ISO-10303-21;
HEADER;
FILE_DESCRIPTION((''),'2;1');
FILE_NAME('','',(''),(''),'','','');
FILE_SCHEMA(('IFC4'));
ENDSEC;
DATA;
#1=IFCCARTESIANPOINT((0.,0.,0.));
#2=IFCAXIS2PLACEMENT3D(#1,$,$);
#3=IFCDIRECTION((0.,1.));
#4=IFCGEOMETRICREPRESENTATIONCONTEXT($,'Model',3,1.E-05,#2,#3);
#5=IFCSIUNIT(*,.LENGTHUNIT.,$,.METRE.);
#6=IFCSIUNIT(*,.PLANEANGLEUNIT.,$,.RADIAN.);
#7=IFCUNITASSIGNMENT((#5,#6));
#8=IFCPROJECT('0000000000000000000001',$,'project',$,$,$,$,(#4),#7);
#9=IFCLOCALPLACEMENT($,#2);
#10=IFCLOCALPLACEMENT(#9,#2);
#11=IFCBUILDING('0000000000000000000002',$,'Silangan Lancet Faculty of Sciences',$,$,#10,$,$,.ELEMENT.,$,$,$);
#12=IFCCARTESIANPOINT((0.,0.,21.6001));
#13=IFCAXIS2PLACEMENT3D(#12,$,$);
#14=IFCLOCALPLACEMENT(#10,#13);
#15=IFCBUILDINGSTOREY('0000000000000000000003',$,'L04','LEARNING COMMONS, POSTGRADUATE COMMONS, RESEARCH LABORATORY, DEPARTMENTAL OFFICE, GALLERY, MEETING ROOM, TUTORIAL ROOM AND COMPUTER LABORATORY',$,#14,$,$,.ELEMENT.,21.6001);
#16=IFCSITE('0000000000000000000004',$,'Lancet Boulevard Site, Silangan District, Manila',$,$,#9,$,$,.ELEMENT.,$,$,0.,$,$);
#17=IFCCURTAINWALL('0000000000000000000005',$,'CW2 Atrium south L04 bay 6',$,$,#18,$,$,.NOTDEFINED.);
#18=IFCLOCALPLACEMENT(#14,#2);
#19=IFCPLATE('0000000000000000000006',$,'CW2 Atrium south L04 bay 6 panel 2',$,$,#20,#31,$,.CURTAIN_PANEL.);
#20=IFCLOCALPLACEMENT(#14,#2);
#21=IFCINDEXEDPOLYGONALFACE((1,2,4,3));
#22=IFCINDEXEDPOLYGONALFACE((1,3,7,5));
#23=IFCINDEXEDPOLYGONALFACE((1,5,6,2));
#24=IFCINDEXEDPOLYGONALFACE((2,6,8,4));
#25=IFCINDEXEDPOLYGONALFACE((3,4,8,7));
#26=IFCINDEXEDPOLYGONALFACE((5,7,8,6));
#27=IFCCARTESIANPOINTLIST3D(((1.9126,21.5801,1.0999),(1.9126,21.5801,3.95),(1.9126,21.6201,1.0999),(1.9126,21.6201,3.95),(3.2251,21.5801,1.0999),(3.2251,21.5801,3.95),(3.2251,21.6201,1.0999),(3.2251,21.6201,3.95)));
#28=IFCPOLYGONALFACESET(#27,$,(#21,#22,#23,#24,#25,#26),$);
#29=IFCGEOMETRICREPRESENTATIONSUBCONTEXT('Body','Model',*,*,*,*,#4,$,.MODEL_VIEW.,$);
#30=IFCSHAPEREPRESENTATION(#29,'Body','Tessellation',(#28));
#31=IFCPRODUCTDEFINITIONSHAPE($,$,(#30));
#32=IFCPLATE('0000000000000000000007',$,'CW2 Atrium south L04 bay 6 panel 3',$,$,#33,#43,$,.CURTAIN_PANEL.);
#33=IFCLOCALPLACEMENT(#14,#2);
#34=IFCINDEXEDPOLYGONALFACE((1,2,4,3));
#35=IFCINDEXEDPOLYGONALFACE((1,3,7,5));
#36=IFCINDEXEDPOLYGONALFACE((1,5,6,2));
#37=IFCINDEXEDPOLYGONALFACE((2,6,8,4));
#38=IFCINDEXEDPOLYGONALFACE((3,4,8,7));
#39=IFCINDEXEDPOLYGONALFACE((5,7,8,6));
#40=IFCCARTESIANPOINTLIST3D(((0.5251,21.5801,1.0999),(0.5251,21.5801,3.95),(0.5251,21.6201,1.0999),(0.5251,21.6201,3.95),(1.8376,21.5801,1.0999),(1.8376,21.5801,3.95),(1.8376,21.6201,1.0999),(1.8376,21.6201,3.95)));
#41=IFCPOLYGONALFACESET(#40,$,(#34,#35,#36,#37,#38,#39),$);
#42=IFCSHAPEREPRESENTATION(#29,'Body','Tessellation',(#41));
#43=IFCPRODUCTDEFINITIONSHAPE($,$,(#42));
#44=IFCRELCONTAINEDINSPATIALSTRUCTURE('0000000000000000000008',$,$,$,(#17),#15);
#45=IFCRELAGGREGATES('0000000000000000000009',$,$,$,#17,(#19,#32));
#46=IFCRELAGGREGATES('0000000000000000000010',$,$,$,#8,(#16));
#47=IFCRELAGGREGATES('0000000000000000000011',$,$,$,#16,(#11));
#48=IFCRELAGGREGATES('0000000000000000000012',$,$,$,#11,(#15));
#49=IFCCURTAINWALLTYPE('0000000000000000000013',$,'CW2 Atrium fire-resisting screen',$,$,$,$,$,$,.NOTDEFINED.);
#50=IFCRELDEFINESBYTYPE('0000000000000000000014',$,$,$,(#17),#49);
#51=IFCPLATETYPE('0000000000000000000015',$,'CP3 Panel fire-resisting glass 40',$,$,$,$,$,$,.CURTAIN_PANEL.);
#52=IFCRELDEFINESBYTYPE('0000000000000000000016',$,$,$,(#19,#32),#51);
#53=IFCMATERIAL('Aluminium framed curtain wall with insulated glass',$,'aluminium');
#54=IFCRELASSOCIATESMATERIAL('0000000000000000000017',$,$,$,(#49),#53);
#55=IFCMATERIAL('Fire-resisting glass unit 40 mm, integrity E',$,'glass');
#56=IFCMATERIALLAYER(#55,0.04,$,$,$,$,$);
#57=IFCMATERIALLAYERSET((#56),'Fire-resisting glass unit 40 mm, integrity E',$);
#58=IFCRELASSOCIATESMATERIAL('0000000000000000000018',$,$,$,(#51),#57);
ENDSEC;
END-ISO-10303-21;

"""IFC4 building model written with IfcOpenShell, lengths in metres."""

from ifc_helpers import new_model, si_unit, direction, frame, origin, origin_2d, place, context, subcontext, project, spatial, rectangle, extrude, material, layer, layer_set, type_object, element, aggregate, save


model = new_model("IFC4")

# Units and contexts
model_context = context("Model", 3, precision=1e-05, world=origin(), true_north=direction((0.0, 1.0)))
body_context = subcontext(model_context, "Body", "Model", "MODEL_VIEW")
ifc_project = project(units=[si_unit("LENGTHUNIT", "METRE"), si_unit("PLANEANGLEUNIT", "RADIAN")], contexts=[model_context])

# Site, building, storey
site_placement = place(None, origin())
site = spatial("IfcSite", under=ifc_project, at=site_placement, Name="Lancet Boulevard Site, Silangan District, Manila", CompositionType="ELEMENT", RefElevation=0.0)
building_placement = place(site_placement, origin())
building = spatial("IfcBuilding", under=site, at=building_placement, Name="Silangan Lancet Faculty of Sciences", CompositionType="ELEMENT")
storey_placement = place(building_placement, frame((0.0, 0.0, 21.6001)))
storey = spatial("IfcBuildingStorey", under=building, at=storey_placement, Name="L04", Description="LEARNING COMMONS, POSTGRADUATE COMMONS, RESEARCH LABORATORY, DEPARTMENTAL OFFICE, GALLERY, MEETING ROOM, TUTORIAL ROOM AND COMPUTER LABORATORY", CompositionType="ELEMENT", Elevation=21.6001)

# Curtain wall
ifc_material_1 = material(Name="Aluminium framed curtain wall with insulated glass", Category="aluminium")
curtain_wall_type_1 = type_object("IfcCurtainWallType", Name="CW2 Atrium fire-resisting screen", PredefinedType="NOTDEFINED", material=ifc_material_1)
curtain_wall_1_placement = place(storey_placement, origin())
curtain_wall_1 = element("IfcCurtainWall", 1, at=curtain_wall_1_placement, inside=storey, type_object=curtain_wall_type_1, Name="CW2 Atrium south L04 bay 6", PredefinedType="NOTDEFINED")

# Plates
ifc_material_2 = material(Name="Fire-resisting glass unit 40 mm, integrity E", Category="glass")
ifc_layer_1 = layer(ifc_material_2, 0.04)
ifc_layer_set_1 = layer_set([ifc_layer_1], Name="Fire-resisting glass unit 40 mm, integrity E")
plate_type_1 = type_object("IfcPlateType", Name="CP3 Panel fire-resisting glass 40", PredefinedType="CURTAIN_PANEL", material=ifc_layer_set_1)
plate_1_placement = place(storey_placement, frame((2.5688, 21.6001, 1.0999), z_axis=(0.0, 0.0, 1.0), x_axis=(-1.0, 0.0, 0.0)))
plate_1 = element("IfcPlate", 2, at=plate_1_placement, type_object=plate_type_1, Name="CW2 Atrium south L04 bay 6 panel 2", PredefinedType="CURTAIN_PANEL", context=body_context, shape_type="SweptSolid", body=[
    extrude(rectangle(XDim=1.3125, YDim=0.04, at=origin_2d()), origin(), (0.0, 0.0, 1.0), 2.8501),
])
plate_2_placement = place(storey_placement, frame((1.1814, 21.6001, 1.0999), z_axis=(0.0, 0.0, 1.0), x_axis=(-1.0, 0.0, 0.0)))
plate_2 = element("IfcPlate", 3, at=plate_2_placement, type_object=plate_type_1, Name="CW2 Atrium south L04 bay 6 panel 3", PredefinedType="CURTAIN_PANEL", context=body_context, shape_type="SweptSolid", body=[
    extrude(rectangle(XDim=1.3125, YDim=0.04, at=origin_2d()), origin(), (0.0, 0.0, 1.0), 2.8501),
])
aggregate(curtain_wall_1, [plate_1, plate_2])

save(model, "model.ifc")
